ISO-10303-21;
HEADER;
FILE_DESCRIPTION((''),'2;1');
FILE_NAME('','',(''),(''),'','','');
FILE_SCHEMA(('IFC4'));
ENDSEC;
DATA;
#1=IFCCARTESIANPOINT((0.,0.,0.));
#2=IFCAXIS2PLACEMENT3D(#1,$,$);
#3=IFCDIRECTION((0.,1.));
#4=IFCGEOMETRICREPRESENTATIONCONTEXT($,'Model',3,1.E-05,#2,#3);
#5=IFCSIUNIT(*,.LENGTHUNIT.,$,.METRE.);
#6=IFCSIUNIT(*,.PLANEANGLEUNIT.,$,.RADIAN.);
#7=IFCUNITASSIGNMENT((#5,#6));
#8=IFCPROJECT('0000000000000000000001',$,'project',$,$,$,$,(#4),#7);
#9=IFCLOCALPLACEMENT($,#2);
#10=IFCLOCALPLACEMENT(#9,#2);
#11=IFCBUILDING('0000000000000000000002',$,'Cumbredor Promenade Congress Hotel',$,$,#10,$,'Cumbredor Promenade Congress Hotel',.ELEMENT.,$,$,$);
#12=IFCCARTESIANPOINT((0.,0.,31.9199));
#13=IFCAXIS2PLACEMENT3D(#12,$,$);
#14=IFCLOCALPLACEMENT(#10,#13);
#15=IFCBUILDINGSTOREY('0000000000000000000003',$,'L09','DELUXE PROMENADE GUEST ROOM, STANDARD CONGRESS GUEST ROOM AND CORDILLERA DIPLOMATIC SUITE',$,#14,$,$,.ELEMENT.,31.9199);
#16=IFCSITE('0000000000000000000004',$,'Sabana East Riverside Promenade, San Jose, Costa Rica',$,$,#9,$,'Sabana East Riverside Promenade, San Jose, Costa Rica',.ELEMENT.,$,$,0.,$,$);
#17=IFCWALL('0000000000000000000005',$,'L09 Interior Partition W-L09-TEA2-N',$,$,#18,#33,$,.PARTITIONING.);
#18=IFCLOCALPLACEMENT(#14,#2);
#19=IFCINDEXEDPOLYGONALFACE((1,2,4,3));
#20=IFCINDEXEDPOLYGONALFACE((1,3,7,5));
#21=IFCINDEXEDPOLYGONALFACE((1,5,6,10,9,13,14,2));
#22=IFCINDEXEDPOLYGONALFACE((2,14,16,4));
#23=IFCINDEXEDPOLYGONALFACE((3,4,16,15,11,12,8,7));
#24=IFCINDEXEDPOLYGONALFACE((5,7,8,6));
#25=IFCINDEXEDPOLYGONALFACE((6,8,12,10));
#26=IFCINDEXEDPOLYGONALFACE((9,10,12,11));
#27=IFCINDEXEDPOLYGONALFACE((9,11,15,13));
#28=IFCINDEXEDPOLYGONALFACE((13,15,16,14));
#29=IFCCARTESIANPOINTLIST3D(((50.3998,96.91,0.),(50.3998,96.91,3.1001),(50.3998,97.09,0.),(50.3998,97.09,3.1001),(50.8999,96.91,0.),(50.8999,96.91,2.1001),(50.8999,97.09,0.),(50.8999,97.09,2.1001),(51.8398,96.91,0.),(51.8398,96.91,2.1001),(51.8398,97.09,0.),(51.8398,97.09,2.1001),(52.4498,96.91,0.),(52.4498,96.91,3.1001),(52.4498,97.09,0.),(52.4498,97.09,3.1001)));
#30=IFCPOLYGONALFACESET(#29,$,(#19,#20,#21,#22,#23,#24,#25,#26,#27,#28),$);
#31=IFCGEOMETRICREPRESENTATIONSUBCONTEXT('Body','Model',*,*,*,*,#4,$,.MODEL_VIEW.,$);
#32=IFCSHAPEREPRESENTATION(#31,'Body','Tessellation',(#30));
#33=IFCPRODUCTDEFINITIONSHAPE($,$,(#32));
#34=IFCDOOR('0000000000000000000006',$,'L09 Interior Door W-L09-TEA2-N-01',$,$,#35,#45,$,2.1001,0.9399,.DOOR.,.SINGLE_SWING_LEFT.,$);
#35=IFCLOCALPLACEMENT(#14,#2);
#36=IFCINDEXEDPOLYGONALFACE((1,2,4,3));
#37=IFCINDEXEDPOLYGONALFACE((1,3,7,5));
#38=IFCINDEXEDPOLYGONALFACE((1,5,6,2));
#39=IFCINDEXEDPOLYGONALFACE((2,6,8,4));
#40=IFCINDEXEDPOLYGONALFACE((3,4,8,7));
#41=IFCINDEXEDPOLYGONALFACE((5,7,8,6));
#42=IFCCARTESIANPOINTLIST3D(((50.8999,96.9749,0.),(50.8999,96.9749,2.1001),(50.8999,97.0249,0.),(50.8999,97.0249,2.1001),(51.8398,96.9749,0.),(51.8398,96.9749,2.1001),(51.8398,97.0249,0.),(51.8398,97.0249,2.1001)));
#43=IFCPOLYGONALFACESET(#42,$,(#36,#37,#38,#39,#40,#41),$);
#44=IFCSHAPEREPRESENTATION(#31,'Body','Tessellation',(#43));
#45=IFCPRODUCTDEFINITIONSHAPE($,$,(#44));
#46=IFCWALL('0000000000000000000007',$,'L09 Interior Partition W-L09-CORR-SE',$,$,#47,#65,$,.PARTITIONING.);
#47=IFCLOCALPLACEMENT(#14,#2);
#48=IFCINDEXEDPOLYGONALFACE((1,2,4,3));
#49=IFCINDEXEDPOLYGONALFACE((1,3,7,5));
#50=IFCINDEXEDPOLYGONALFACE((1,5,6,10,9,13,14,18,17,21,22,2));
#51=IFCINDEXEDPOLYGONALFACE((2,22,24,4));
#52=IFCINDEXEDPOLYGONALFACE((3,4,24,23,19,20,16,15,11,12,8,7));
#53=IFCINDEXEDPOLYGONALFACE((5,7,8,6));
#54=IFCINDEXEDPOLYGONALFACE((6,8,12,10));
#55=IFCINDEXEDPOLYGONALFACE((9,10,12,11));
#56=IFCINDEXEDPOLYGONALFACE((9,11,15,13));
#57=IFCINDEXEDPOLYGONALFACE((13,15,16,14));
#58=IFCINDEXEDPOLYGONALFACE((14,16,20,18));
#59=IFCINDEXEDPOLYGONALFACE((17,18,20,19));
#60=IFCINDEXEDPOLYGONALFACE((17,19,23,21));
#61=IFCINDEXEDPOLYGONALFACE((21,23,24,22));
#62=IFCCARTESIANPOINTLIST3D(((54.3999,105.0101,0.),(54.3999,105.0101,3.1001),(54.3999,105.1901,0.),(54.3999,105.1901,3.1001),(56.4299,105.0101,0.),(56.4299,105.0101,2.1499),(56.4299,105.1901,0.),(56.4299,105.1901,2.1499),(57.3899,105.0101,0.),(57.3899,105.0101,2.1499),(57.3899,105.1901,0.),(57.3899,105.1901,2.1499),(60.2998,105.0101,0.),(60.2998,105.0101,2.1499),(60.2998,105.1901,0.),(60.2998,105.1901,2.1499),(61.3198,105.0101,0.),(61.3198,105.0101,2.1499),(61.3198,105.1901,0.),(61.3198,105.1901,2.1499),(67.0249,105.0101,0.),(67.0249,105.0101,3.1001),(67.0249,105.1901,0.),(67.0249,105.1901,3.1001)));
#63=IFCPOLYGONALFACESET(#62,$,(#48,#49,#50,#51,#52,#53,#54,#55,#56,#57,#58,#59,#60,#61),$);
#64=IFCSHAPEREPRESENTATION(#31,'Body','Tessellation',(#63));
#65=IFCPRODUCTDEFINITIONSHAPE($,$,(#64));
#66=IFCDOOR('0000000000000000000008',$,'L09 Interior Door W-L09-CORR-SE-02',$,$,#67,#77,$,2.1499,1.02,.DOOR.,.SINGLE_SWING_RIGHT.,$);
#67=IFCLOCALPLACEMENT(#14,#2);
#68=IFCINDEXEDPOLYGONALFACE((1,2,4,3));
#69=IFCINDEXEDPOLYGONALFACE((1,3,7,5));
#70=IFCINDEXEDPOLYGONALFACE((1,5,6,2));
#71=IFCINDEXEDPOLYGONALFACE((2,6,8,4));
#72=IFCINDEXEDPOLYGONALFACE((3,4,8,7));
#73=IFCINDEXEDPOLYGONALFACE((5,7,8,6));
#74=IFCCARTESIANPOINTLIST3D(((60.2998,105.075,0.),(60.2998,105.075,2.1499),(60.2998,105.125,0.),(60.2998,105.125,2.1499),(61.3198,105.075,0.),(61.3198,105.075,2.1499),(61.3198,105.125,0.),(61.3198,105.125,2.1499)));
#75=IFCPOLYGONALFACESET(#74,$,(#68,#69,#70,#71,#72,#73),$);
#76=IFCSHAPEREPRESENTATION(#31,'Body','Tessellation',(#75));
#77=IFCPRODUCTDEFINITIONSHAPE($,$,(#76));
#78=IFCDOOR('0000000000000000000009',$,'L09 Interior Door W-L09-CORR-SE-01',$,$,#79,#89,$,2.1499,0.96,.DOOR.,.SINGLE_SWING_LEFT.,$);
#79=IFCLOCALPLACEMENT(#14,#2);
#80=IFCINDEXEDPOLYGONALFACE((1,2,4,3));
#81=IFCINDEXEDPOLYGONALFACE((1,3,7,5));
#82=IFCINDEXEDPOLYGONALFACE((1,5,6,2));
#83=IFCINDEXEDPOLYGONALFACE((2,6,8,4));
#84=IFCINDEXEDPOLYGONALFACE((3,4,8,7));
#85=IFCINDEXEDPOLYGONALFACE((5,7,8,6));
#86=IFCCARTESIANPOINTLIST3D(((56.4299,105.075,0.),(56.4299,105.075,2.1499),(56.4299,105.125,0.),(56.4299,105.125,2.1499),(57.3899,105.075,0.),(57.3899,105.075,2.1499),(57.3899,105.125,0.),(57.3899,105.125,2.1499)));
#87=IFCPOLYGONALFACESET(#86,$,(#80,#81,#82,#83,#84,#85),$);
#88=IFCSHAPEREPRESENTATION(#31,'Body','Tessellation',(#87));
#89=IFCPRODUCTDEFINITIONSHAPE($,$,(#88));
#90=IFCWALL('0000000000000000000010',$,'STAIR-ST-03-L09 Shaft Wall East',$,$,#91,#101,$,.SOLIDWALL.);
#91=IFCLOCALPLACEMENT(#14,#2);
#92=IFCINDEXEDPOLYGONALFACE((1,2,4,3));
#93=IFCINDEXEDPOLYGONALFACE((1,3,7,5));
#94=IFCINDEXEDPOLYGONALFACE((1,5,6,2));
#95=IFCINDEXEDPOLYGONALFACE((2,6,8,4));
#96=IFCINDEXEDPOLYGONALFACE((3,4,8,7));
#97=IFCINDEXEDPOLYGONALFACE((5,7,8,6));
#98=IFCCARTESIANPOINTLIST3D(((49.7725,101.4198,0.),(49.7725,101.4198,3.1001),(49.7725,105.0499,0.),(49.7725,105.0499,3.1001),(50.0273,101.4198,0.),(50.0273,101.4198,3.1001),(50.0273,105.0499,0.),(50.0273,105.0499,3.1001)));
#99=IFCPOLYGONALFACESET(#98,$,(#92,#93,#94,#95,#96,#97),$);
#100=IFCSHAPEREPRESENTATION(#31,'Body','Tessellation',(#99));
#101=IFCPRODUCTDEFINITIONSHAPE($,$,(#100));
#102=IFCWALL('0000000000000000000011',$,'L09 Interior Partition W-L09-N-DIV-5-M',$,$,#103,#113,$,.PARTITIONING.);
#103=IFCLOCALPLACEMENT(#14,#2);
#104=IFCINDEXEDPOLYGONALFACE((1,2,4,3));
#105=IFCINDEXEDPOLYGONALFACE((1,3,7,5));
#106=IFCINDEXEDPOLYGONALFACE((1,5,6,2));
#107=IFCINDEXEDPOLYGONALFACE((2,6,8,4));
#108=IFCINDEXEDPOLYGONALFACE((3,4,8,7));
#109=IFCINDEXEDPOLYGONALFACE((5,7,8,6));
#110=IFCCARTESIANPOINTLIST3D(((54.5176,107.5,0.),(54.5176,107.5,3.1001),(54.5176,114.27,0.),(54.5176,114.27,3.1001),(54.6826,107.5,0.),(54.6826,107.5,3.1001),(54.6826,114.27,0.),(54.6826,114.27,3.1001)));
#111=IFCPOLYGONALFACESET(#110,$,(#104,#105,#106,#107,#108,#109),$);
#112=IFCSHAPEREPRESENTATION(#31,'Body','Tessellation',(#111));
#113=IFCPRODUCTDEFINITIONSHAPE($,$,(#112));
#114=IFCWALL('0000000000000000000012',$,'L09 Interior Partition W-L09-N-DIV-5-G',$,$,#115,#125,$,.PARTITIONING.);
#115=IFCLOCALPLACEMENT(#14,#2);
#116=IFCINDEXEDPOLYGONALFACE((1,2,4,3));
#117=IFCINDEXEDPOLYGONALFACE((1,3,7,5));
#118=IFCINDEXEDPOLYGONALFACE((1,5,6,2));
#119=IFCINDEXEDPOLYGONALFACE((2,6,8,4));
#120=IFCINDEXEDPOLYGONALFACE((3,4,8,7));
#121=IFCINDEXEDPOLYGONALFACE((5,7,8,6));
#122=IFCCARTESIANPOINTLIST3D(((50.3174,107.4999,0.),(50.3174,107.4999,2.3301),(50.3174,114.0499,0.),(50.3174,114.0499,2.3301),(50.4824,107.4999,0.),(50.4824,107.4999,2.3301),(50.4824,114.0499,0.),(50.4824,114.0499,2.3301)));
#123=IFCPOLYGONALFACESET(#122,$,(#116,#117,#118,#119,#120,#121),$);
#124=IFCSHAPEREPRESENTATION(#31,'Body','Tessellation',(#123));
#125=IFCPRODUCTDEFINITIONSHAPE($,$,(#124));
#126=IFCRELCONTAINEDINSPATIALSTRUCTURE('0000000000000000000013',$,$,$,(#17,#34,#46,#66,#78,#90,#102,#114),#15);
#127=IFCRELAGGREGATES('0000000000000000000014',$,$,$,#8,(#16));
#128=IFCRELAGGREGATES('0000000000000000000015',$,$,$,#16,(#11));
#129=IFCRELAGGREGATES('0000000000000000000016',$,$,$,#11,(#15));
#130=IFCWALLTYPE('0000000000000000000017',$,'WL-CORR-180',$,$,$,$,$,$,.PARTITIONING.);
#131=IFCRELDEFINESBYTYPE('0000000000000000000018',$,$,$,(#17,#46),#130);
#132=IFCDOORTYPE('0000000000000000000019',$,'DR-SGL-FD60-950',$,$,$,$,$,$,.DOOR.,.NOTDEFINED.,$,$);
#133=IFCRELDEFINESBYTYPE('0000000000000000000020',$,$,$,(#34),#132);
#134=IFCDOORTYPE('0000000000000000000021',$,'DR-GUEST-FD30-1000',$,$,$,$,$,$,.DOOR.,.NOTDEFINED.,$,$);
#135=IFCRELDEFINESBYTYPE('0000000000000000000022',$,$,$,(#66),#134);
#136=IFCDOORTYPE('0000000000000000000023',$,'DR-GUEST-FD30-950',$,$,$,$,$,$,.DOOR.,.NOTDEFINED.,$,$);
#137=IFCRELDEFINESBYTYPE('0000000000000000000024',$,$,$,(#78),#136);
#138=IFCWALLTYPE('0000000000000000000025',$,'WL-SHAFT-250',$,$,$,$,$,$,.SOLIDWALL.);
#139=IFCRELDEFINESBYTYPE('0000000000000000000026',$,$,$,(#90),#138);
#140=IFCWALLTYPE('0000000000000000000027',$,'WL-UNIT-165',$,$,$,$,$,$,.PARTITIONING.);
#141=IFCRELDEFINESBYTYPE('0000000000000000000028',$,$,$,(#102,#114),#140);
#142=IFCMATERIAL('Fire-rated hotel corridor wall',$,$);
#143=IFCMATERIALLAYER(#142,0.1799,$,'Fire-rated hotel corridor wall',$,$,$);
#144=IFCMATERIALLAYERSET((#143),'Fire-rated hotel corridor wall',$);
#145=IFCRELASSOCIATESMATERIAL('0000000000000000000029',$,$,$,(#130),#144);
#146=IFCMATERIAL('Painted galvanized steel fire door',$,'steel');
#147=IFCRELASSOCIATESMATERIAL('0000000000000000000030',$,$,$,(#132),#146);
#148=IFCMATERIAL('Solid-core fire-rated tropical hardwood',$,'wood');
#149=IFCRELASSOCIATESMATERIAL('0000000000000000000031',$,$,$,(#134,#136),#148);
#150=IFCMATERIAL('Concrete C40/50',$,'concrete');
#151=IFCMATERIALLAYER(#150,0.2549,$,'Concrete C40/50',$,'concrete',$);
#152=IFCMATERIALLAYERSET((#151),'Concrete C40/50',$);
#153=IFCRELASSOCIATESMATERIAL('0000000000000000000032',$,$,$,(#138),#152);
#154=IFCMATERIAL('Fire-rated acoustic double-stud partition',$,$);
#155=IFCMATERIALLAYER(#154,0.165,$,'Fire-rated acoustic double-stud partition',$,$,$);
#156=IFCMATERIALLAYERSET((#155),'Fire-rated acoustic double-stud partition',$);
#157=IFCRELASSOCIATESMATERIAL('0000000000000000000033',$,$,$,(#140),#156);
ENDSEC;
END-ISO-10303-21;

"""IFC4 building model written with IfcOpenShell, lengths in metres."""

from ifc_helpers import new_model, si_unit, direction, frame, frame_2d, origin, place, context, subcontext, project, spatial, rectangle, extrude, material, layer, layer_set, type_object, element, fill, save


model = new_model("IFC4")

# Units and contexts
model_context = context("Model", 3, precision=1e-05, world=origin(), true_north=direction((0.0, 1.0)))
body_context = subcontext(model_context, "Body", "Model", "MODEL_VIEW")
ifc_project = project(units=[si_unit("LENGTHUNIT", "METRE"), si_unit("PLANEANGLEUNIT", "RADIAN")], contexts=[model_context])

# Site, building, storey
site_placement = place(None, origin())
site = spatial("IfcSite", under=ifc_project, at=site_placement, Name="Sabana East Riverside Promenade, San Jose, Costa Rica", LongName="Sabana East Riverside Promenade, San Jose, Costa Rica", CompositionType="ELEMENT", RefElevation=0.0)
building_placement = place(site_placement, origin())
building = spatial("IfcBuilding", under=site, at=building_placement, Name="Cumbredor Promenade Congress Hotel", LongName="Cumbredor Promenade Congress Hotel", CompositionType="ELEMENT")
storey_placement = place(building_placement, frame((0.0, 0.0, 31.9199)))
storey = spatial("IfcBuildingStorey", under=building, at=storey_placement, Name="L09", Description="DELUXE PROMENADE GUEST ROOM, STANDARD CONGRESS GUEST ROOM AND CORDILLERA DIPLOMATIC SUITE", CompositionType="ELEMENT", Elevation=31.9199)

# Shared definitions
ifc_material_1 = material(Name="Concrete C40/50", Category="concrete")

# Wall, opening, door
ifc_material_2 = material(Name="Fire-rated hotel corridor wall")
ifc_layer_1 = layer(ifc_material_2, 0.1799, Name="Fire-rated hotel corridor wall")
ifc_layer_set_1 = layer_set([ifc_layer_1], Name="Fire-rated hotel corridor wall")
wall_type_1 = type_object("IfcWallType", Name="WL-CORR-180", PredefinedType="PARTITIONING", material=ifc_layer_set_1)
wall_1_placement = place(storey_placement, frame((50.3999, 97.0, 0.0), z_axis=(0.0, 0.0, 1.0), x_axis=(1.0, 0.0, 0.0)))
wall_1 = element("IfcWall", 1, at=wall_1_placement, inside=storey, type_object=wall_type_1, Name="L09 Interior Partition W-L09-TEA2-N", PredefinedType="PARTITIONING", context=body_context, shape_type="SweptSolid", body=[
    extrude(rectangle(XDim=2.05, YDim=0.1799, at=frame_2d((1.0249, 0.0))), origin(), (0.0, 0.0, 1.0), 3.1001),
])
opening_1_placement = place(wall_1_placement, frame((0.5, 0.0, 0.0)))
opening_1 = element("IfcOpeningElement", 2, at=opening_1_placement, cuts=wall_1, PredefinedType="OPENING", context=body_context, shape_type="SweptSolid", body=[
    extrude(rectangle(XDim=0.9399, YDim=2.1001, at=frame_2d((0.47, 1.05))), frame((0.0, 0.1001, 0.0), z_axis=(0.0, -1.0, 0.0), x_axis=(1.0, 0.0, 0.0)), (0.0, 0.0, 1.0), 0.2),
])
ifc_material_3 = material(Name="Painted galvanized steel fire door", Category="steel")
door_type_1 = type_object("IfcDoorType", Name="DR-SGL-FD60-950", OperationType="NOTDEFINED", PredefinedType="DOOR", material=ifc_material_3)
door_1_placement = place(opening_1_placement, origin())
door_1 = element("IfcDoor", 3, at=door_1_placement, inside=storey, type_object=door_type_1, Name="L09 Interior Door W-L09-TEA2-N-01", OperationType="SINGLE_SWING_LEFT", OverallHeight=2.1001, OverallWidth=0.9399, PredefinedType="DOOR", context=body_context, shape_type="SweptSolid", body=[
    extrude(rectangle(XDim=0.9399, YDim=2.1001, at=frame_2d((0.47, 1.05))), frame((0.0, 0.0249, 0.0), z_axis=(0.0, -1.0, 0.0), x_axis=(1.0, 0.0, 0.0)), (0.0, 0.0, 1.0), 0.05),
])
fill(opening_1, door_1)

# Wall, openings, doors
wall_2_placement = place(storey_placement, frame((54.3999, 105.1001, 0.0), z_axis=(0.0, 0.0, 1.0), x_axis=(1.0, 0.0, 0.0)))
wall_2 = element("IfcWall", 4, at=wall_2_placement, inside=storey, type_object=wall_type_1, Name="L09 Interior Partition W-L09-CORR-SE", PredefinedType="PARTITIONING", context=body_context, shape_type="SweptSolid", body=[
    extrude(rectangle(XDim=12.625, YDim=0.1799, at=frame_2d((6.3125, 0.0))), origin(), (0.0, 0.0, 1.0), 3.1001),
])
opening_2_placement = place(wall_2_placement, frame((2.03, 0.0, 0.0)))
opening_2 = element("IfcOpeningElement", 5, at=opening_2_placement, cuts=wall_2, PredefinedType="OPENING", context=body_context, shape_type="SweptSolid", body=[
    extrude(rectangle(XDim=0.96, YDim=2.1499, at=frame_2d((0.48, 1.075))), frame((0.0, 0.1001, 0.0), z_axis=(0.0, -1.0, 0.0), x_axis=(1.0, 0.0, 0.0)), (0.0, 0.0, 1.0), 0.2),
])
opening_3_placement = place(wall_2_placement, frame((5.8999, 0.0, 0.0)))
opening_3 = element("IfcOpeningElement", 6, at=opening_3_placement, cuts=wall_2, PredefinedType="OPENING", context=body_context, shape_type="SweptSolid", body=[
    extrude(rectangle(XDim=1.02, YDim=2.1499, at=frame_2d((0.51, 1.075))), frame((0.0, 0.1001, 0.0), z_axis=(0.0, -1.0, 0.0), x_axis=(1.0, 0.0, 0.0)), (0.0, 0.0, 1.0), 0.2),
])
ifc_material_4 = material(Name="Solid-core fire-rated tropical hardwood", Category="wood")
door_type_2 = type_object("IfcDoorType", Name="DR-GUEST-FD30-1000", OperationType="NOTDEFINED", PredefinedType="DOOR", material=ifc_material_4)
door_2_placement = place(opening_3_placement, origin())
door_2 = element("IfcDoor", 7, at=door_2_placement, inside=storey, type_object=door_type_2, Name="L09 Interior Door W-L09-CORR-SE-02", OperationType="SINGLE_SWING_RIGHT", OverallHeight=2.1499, OverallWidth=1.02, PredefinedType="DOOR", context=body_context, shape_type="SweptSolid", body=[
    extrude(rectangle(XDim=1.02, YDim=2.1499, at=frame_2d((0.51, 1.075))), frame((0.0, 0.0249, 0.0), z_axis=(0.0, -1.0, 0.0), x_axis=(1.0, 0.0, 0.0)), (0.0, 0.0, 1.0), 0.05),
])
fill(opening_3, door_2)
door_type_3 = type_object("IfcDoorType", Name="DR-GUEST-FD30-950", OperationType="NOTDEFINED", PredefinedType="DOOR", material=ifc_material_4)
door_3_placement = place(opening_2_placement, origin())
door_3 = element("IfcDoor", 8, at=door_3_placement, inside=storey, type_object=door_type_3, Name="L09 Interior Door W-L09-CORR-SE-01", OperationType="SINGLE_SWING_LEFT", OverallHeight=2.1499, OverallWidth=0.96, PredefinedType="DOOR", context=body_context, shape_type="SweptSolid", body=[
    extrude(rectangle(XDim=0.96, YDim=2.1499, at=frame_2d((0.48, 1.075))), frame((0.0, 0.0249, 0.0), z_axis=(0.0, -1.0, 0.0), x_axis=(1.0, 0.0, 0.0)), (0.0, 0.0, 1.0), 0.05),
])
fill(opening_2, door_3)

# Walls
ifc_layer_2 = layer(ifc_material_1, 0.2549, Name="Concrete C40/50", Category="concrete")
ifc_layer_set_2 = layer_set([ifc_layer_2], Name="Concrete C40/50")
wall_type_2 = type_object("IfcWallType", Name="WL-SHAFT-250", PredefinedType="SOLIDWALL", material=ifc_layer_set_2)
wall_3_placement = place(storey_placement, frame((49.8999, 101.4199, 0.0), z_axis=(0.0, 0.0, 1.0), x_axis=(0.0, 1.0, 0.0)))
element("IfcWall", 9, at=wall_3_placement, inside=storey, type_object=wall_type_2, Name="STAIR-ST-03-L09 Shaft Wall East", PredefinedType="SOLIDWALL", context=body_context, shape_type="SweptSolid", body=[
    extrude(rectangle(XDim=3.6301, YDim=0.2549, at=frame_2d((1.8149, 0.0))), origin(), (0.0, 0.0, 1.0), 3.1001),
])
ifc_material_5 = material(Name="Fire-rated acoustic double-stud partition")
ifc_layer_3 = layer(ifc_material_5, 0.165, Name="Fire-rated acoustic double-stud partition")
ifc_layer_set_3 = layer_set([ifc_layer_3], Name="Fire-rated acoustic double-stud partition")
wall_type_3 = type_object("IfcWallType", Name="WL-UNIT-165", PredefinedType="PARTITIONING", material=ifc_layer_set_3)
wall_4_placement = place(storey_placement, frame((54.6001, 107.5, 0.0), z_axis=(0.0, 0.0, 1.0), x_axis=(0.0, 1.0, 0.0)))
element("IfcWall", 10, at=wall_4_placement, inside=storey, type_object=wall_type_3, Name="L09 Interior Partition W-L09-N-DIV-5-M", PredefinedType="PARTITIONING", context=body_context, shape_type="SweptSolid", body=[
    extrude(rectangle(XDim=6.77, YDim=0.165, at=frame_2d((3.385, 0.0))), origin(), (0.0, 0.0, 1.0), 3.1001),
])
wall_5_placement = place(storey_placement, frame((50.3999, 107.5, 0.0), z_axis=(0.0, 0.0, 1.0), x_axis=(0.0, 1.0, 0.0)))
element("IfcWall", 11, at=wall_5_placement, inside=storey, type_object=wall_type_3, Name="L09 Interior Partition W-L09-N-DIV-5-G", PredefinedType="PARTITIONING", context=body_context, shape_type="SweptSolid", body=[
    extrude(rectangle(XDim=6.55, YDim=0.165, at=frame_2d((3.2749, 0.0))), origin(), (0.0, 0.0, 1.0), 2.3301),
])

save(model, "model.ifc")
